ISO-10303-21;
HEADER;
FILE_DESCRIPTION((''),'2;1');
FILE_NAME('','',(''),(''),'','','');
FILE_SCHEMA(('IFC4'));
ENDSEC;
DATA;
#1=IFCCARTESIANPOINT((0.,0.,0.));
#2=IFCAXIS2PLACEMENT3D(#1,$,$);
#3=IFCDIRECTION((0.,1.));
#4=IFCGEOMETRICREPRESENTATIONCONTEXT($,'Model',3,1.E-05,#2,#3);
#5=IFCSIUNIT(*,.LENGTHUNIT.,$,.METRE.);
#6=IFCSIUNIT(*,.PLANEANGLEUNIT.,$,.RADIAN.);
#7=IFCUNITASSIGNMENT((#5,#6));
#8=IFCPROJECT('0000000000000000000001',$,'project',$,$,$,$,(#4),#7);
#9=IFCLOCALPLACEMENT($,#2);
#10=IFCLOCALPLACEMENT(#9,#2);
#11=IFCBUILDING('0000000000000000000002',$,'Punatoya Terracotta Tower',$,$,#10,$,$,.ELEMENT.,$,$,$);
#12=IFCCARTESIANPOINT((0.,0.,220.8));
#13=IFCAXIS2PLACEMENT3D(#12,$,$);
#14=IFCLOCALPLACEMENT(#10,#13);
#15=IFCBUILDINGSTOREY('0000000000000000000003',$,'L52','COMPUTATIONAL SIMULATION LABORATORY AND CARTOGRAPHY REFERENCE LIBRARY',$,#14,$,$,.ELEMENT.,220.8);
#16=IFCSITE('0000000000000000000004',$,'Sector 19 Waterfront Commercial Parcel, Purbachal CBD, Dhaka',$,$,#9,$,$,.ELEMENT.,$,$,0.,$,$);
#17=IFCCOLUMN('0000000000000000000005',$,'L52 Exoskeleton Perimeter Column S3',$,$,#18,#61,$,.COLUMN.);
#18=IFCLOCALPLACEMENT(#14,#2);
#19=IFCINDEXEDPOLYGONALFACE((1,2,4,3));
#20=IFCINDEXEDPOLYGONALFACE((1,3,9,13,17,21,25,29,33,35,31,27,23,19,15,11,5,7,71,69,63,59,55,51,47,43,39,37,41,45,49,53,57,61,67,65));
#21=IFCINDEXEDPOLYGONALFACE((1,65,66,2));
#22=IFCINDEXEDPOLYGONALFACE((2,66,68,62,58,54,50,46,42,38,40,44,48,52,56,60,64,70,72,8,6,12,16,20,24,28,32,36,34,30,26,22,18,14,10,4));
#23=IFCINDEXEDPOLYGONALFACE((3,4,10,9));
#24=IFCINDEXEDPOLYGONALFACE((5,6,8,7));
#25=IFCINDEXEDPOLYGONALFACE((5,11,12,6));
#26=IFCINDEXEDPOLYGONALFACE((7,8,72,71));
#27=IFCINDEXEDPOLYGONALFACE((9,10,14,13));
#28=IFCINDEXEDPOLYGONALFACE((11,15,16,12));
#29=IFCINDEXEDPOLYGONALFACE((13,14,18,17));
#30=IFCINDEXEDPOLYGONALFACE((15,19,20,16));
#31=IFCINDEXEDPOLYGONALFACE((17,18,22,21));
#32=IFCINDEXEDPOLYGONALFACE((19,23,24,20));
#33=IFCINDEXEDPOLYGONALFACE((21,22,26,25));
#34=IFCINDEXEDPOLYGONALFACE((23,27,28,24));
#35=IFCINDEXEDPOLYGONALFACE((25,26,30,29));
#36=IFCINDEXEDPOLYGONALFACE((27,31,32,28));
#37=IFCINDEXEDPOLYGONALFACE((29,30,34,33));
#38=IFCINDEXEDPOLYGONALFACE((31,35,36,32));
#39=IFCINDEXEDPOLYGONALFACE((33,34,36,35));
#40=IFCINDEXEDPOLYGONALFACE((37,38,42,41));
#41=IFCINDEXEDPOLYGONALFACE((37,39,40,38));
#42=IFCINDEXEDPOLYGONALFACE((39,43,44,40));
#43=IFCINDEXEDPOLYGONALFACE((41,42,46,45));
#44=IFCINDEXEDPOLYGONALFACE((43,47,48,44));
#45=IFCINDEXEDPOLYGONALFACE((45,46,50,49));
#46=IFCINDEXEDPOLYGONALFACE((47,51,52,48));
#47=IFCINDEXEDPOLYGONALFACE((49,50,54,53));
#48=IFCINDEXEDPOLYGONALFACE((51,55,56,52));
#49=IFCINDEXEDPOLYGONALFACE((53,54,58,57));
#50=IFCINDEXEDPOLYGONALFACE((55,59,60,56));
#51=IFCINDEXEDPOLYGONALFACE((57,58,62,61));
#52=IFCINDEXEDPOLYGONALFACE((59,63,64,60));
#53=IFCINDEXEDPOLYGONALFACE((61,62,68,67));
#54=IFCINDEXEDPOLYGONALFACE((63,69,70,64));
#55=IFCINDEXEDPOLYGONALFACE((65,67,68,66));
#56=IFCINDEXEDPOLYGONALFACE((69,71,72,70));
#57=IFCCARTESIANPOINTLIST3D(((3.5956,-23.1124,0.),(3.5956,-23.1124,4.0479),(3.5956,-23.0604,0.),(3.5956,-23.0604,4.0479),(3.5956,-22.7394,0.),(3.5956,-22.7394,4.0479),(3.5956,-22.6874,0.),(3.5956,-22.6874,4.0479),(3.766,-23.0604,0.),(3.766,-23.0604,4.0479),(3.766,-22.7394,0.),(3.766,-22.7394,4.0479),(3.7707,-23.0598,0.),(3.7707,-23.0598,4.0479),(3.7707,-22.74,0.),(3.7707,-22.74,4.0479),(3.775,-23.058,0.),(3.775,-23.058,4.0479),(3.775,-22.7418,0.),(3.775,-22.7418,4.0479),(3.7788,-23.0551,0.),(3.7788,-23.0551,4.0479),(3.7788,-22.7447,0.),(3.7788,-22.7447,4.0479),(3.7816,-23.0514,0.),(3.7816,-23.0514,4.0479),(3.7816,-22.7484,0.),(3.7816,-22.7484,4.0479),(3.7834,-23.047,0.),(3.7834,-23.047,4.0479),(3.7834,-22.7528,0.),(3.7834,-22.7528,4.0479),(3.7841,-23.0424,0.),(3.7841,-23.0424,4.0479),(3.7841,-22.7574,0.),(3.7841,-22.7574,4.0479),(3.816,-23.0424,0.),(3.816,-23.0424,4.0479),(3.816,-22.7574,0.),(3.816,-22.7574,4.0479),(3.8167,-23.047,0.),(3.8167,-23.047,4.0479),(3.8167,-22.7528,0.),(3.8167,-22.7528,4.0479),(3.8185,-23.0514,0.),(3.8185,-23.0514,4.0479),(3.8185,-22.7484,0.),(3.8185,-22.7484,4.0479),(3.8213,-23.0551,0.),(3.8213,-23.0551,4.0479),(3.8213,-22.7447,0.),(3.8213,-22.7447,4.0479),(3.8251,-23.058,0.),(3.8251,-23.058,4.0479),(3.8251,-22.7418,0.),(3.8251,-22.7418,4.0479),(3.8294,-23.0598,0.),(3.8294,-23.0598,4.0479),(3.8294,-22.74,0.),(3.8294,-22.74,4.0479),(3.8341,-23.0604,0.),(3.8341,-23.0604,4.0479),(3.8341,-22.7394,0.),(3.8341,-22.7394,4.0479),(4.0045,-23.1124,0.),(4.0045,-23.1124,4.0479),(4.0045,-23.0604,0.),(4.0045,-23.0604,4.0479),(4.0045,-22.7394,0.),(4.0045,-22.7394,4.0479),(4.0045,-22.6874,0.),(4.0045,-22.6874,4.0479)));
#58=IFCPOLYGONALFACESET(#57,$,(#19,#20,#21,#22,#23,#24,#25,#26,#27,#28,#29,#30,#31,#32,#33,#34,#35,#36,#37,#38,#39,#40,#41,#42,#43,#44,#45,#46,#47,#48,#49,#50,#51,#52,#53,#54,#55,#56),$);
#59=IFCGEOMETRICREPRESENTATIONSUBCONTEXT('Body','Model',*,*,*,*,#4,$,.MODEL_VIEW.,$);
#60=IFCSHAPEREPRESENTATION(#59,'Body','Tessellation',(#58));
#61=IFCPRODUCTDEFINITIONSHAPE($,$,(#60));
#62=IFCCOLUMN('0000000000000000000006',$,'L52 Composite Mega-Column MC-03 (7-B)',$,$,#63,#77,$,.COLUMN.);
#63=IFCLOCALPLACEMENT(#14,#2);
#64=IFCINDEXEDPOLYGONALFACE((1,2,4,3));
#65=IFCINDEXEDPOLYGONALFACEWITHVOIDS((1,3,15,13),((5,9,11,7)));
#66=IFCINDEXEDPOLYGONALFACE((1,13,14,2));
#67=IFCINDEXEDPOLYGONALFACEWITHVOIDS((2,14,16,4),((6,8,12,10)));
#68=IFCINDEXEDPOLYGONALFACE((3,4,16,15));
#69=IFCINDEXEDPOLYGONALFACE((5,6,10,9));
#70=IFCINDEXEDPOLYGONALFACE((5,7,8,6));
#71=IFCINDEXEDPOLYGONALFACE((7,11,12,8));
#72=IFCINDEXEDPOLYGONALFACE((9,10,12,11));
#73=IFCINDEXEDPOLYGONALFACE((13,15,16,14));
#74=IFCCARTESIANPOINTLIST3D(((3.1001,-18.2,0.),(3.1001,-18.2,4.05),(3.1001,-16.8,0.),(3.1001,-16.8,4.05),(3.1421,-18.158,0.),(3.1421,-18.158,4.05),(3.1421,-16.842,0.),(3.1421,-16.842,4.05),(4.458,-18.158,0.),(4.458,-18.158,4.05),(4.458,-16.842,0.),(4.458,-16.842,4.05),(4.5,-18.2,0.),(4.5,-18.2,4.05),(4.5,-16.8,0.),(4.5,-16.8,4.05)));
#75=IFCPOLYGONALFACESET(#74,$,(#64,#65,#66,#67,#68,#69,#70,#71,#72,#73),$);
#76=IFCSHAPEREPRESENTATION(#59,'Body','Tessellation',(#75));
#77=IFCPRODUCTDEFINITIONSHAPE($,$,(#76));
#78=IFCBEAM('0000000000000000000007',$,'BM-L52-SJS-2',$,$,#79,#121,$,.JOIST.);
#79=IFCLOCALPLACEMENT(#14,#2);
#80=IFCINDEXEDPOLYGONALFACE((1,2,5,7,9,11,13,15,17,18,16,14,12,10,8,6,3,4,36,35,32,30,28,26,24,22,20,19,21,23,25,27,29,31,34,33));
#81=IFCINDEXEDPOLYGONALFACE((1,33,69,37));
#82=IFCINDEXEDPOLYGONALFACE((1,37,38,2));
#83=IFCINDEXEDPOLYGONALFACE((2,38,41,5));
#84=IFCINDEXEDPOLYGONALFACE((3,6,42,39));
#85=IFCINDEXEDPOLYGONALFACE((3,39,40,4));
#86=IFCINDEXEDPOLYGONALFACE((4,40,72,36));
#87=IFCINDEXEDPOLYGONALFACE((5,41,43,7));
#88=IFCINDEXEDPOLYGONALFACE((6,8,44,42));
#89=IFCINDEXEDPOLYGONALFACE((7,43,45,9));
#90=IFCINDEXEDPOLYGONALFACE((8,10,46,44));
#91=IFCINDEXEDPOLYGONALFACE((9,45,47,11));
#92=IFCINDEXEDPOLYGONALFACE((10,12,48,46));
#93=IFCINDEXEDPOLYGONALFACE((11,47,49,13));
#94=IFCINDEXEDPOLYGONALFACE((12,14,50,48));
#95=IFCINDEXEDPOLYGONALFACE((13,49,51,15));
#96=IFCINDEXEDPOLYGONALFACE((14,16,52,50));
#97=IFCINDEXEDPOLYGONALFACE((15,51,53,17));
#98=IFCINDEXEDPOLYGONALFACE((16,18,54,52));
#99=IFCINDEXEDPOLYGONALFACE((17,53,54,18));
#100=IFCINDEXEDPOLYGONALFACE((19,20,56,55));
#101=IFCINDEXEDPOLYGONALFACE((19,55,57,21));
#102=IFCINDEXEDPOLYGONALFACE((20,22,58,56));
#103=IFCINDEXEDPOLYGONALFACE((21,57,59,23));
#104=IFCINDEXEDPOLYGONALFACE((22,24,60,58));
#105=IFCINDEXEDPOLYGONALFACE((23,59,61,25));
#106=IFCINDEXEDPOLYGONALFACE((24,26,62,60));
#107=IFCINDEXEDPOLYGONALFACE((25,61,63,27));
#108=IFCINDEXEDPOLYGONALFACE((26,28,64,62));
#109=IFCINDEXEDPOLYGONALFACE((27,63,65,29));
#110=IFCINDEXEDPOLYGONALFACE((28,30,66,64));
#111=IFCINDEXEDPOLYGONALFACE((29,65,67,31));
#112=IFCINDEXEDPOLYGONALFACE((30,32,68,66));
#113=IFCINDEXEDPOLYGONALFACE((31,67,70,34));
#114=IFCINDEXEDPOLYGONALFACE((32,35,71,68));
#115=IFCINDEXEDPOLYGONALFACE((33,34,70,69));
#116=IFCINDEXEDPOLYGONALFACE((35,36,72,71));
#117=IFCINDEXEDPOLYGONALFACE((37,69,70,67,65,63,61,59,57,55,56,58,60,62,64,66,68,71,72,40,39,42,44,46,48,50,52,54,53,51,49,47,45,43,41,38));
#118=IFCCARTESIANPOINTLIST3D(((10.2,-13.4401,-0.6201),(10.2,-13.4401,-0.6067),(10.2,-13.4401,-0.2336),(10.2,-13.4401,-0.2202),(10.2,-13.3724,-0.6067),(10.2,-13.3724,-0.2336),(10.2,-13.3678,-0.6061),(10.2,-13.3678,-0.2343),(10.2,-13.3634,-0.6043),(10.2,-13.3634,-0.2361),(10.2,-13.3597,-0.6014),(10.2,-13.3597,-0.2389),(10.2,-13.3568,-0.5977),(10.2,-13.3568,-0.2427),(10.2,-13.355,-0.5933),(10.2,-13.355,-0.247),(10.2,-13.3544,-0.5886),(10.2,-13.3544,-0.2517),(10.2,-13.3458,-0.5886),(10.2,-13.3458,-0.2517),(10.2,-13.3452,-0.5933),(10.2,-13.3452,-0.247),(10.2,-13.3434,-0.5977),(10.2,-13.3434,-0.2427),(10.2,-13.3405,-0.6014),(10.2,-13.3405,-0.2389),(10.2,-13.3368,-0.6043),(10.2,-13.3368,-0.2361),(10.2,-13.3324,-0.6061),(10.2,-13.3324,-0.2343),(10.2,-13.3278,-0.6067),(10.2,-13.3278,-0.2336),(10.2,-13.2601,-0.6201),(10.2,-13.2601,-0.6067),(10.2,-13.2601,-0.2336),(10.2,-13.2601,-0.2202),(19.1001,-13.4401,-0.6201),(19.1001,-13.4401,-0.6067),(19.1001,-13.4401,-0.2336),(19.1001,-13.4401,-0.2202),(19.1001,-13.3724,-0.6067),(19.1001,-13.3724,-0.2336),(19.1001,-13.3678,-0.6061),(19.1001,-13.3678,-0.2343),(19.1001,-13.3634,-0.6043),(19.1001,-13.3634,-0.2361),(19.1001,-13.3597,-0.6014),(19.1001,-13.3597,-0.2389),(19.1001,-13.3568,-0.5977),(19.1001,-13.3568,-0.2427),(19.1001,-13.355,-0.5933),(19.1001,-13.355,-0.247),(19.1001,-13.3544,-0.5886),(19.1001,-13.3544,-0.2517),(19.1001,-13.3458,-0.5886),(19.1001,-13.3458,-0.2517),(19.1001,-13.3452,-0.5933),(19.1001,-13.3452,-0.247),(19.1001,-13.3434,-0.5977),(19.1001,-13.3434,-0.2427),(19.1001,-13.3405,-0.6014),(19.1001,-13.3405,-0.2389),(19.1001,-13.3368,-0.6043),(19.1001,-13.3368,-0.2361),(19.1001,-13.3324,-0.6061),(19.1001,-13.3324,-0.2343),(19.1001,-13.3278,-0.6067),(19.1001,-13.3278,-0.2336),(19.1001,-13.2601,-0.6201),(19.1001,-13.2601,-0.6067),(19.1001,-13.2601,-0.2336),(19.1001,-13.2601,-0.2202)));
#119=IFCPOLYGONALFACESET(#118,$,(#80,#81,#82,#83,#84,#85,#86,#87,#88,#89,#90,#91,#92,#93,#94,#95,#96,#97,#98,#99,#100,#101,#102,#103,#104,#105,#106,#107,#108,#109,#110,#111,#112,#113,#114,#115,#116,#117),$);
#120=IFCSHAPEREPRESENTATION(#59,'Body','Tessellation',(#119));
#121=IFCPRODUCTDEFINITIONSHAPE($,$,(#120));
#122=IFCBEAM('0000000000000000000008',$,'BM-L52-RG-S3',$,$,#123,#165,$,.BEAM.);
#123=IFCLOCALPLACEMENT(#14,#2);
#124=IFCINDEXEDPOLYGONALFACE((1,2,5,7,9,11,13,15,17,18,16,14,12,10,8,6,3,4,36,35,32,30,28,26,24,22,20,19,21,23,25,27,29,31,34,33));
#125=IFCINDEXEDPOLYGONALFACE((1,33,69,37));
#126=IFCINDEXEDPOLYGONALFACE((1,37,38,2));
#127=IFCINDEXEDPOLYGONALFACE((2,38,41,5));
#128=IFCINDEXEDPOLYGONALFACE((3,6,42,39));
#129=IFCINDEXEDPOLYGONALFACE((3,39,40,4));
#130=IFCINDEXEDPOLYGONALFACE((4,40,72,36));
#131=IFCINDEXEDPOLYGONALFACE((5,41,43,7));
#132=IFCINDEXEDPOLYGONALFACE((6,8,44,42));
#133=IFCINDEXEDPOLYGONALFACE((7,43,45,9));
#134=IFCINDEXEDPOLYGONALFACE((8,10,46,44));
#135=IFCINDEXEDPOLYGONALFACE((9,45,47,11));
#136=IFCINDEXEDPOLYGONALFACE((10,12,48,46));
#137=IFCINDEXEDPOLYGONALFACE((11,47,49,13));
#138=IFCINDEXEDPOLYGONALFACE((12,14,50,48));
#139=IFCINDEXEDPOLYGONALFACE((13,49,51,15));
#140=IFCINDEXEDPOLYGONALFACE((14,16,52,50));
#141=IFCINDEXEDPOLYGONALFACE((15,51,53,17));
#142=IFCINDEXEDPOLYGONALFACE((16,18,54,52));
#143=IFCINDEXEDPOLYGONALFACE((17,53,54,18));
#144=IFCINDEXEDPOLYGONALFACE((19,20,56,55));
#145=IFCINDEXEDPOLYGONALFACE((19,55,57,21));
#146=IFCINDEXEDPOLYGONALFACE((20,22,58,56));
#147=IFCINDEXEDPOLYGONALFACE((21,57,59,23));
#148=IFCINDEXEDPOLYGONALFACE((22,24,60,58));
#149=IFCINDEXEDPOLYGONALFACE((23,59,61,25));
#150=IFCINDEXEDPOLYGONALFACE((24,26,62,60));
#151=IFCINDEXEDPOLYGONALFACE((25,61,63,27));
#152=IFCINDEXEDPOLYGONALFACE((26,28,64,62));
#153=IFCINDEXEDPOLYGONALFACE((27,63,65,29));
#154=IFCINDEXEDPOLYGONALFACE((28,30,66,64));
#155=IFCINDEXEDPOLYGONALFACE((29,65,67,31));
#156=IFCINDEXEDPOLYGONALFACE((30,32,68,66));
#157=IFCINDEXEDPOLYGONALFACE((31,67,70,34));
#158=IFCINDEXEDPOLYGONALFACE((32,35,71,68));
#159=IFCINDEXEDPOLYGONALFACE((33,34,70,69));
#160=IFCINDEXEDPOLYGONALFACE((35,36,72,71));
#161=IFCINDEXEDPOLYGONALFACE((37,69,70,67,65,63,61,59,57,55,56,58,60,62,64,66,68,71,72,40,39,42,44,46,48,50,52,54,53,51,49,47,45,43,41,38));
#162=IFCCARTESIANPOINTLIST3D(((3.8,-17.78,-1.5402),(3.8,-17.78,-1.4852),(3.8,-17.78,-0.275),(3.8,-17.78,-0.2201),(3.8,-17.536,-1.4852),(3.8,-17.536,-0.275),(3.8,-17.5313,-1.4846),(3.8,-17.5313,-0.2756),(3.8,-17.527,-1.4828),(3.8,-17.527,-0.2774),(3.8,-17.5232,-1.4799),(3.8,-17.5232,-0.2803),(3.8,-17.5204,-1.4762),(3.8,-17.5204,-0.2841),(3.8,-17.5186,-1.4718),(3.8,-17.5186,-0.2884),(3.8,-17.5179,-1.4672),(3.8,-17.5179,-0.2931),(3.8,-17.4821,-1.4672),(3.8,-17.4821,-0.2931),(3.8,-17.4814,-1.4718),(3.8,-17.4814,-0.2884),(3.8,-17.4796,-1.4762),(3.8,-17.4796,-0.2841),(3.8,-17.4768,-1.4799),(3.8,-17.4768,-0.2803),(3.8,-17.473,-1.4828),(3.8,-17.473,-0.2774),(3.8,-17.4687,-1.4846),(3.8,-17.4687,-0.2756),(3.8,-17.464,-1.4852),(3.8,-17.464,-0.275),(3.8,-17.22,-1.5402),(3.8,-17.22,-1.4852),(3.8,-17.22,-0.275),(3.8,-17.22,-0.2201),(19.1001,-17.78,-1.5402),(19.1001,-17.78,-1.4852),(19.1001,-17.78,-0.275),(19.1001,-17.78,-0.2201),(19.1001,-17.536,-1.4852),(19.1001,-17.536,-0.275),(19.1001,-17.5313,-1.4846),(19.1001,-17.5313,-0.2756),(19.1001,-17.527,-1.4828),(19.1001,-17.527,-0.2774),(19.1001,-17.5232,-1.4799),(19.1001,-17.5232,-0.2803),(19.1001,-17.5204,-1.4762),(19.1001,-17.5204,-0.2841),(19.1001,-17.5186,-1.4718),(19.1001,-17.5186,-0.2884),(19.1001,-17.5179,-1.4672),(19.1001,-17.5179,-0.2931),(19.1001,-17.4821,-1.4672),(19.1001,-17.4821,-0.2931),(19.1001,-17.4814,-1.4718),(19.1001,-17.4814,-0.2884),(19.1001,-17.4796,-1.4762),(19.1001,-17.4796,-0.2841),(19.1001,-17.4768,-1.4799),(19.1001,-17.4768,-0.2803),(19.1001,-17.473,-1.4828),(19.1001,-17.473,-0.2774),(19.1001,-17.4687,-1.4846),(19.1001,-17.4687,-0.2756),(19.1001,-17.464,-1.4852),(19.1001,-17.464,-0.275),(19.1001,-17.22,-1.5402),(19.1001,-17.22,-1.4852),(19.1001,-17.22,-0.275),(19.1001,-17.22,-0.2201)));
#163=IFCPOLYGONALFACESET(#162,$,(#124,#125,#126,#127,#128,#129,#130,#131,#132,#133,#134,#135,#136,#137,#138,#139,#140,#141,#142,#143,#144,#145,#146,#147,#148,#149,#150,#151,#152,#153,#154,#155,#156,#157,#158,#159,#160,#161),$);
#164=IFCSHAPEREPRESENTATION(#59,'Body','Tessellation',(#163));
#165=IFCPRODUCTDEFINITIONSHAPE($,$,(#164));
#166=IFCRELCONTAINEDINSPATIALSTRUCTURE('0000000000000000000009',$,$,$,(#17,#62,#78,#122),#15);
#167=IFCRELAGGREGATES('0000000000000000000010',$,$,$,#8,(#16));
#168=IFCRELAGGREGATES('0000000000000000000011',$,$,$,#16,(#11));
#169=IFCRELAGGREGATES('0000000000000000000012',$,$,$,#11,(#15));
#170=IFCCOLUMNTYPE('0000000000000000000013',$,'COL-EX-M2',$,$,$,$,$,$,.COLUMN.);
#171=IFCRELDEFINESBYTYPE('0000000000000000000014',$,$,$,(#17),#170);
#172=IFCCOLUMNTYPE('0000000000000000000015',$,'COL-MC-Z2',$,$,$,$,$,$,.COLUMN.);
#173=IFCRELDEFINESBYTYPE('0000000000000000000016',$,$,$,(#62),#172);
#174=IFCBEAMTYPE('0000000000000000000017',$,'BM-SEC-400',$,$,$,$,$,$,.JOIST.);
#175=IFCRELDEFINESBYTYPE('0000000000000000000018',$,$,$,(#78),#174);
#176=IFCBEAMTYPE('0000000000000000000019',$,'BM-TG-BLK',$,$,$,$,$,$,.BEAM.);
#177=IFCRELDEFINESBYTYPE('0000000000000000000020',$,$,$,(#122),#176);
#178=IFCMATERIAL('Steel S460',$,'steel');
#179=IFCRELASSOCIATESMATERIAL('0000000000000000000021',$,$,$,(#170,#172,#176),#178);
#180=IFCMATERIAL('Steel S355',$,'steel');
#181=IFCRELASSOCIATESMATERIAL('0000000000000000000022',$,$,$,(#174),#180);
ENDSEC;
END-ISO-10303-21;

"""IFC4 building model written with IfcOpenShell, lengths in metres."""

from ifc_helpers import new_model, si_unit, direction, frame, origin, origin_2d, place, context, subcontext, project, spatial, hollow_rectangle, i_section, extrude, material, material_profile, profile_set, type_object, element, save


model = new_model("IFC4")

# Units and contexts
model_context = context("Model", 3, precision=1e-05, world=origin(), true_north=direction((0.0, 1.0)))
body_context = subcontext(model_context, "Body", "Model", "MODEL_VIEW")
ifc_project = project(units=[si_unit("LENGTHUNIT", "METRE"), si_unit("PLANEANGLEUNIT", "RADIAN")], contexts=[model_context])

# Site, building, storey
site_placement = place(None, origin())
site = spatial("IfcSite", under=ifc_project, at=site_placement, Name="Sector 19 Waterfront Commercial Parcel, Purbachal CBD, Dhaka", CompositionType="ELEMENT", RefElevation=0.0)
building_placement = place(site_placement, origin())
building = spatial("IfcBuilding", under=site, at=building_placement, Name="Punatoya Terracotta Tower", CompositionType="ELEMENT")
storey_placement = place(building_placement, frame((0.0, 0.0, 220.8)))
storey = spatial("IfcBuildingStorey", under=building, at=storey_placement, Name="L52", Description="COMPUTATIONAL SIMULATION LABORATORY AND CARTOGRAPHY REFERENCE LIBRARY", CompositionType="ELEMENT", Elevation=220.8)

# Columns
ifc_material_1 = material(Name="Steel S460", Category="steel")
ifc_material_profile_1 = material_profile(ifc_material_1, i_section(OverallWidth=0.4089, OverallDepth=0.425, WebThickness=0.032, FlangeThickness=0.052, FilletRadius=0.0181, at=origin_2d()))
ifc_profile_set_1 = profile_set([ifc_material_profile_1], Name="Steel S460")
column_type_1 = type_object("IfcColumnType", Name="COL-EX-M2", PredefinedType="COLUMN", material=ifc_profile_set_1)
column_1_placement = place(storey_placement, frame((3.8, -22.8999, 0.0), z_axis=(0.0, 0.0, 1.0), x_axis=(1.0, 0.0, 0.0)))
element("IfcColumn", 1, at=column_1_placement, inside=storey, type_object=column_type_1, Name="L52 Exoskeleton Perimeter Column S3", PredefinedType="COLUMN", context=body_context, shape_type="SweptSolid", body=[
    extrude(i_section(OverallWidth=0.4089, OverallDepth=0.425, WebThickness=0.032, FlangeThickness=0.052, FilletRadius=0.0181, at=origin_2d()), origin(), (0.0, 0.0, 1.0), 4.0479),
])
ifc_material_profile_2 = material_profile(ifc_material_1, hollow_rectangle(XDim=1.3999, YDim=1.3999, WallThickness=0.042, at=origin_2d()))
ifc_profile_set_2 = profile_set([ifc_material_profile_2], Name="Steel S460")
column_type_2 = type_object("IfcColumnType", Name="COL-MC-Z2", PredefinedType="COLUMN", material=ifc_profile_set_2)
column_2_placement = place(storey_placement, frame((3.8, -17.5, 0.0), z_axis=(0.0, 0.0, 1.0), x_axis=(1.0, 0.0, 0.0)))
element("IfcColumn", 2, at=column_2_placement, inside=storey, type_object=column_type_2, Name="L52 Composite Mega-Column MC-03 (7-B)", PredefinedType="COLUMN", context=body_context, shape_type="SweptSolid", body=[
    extrude(hollow_rectangle(XDim=1.3999, YDim=1.3999, WallThickness=0.042, at=origin_2d()), origin(), (0.0, 0.0, 1.0), 4.05),
])

# Beams
ifc_material_2 = material(Name="Steel S355", Category="steel")
ifc_material_profile_3 = material_profile(ifc_material_2, i_section(OverallWidth=0.1799, OverallDepth=0.3999, WebThickness=0.0085, FlangeThickness=0.0134, FilletRadius=0.0181, at=origin_2d()))
ifc_profile_set_3 = profile_set([ifc_material_profile_3], Name="Steel S355")
beam_type_1 = type_object("IfcBeamType", Name="BM-SEC-400", PredefinedType="JOIST", material=ifc_profile_set_3)
beam_1_placement = place(storey_placement, frame((10.2, -13.3501, -0.4202), z_axis=(1.0, 0.0, 0.0), x_axis=(0.0, 1.0, 0.0)))
element("IfcBeam", 3, at=beam_1_placement, inside=storey, type_object=beam_type_1, Name="BM-L52-SJS-2", PredefinedType="JOIST", context=body_context, shape_type="SweptSolid", body=[
    extrude(i_section(OverallWidth=0.1799, OverallDepth=0.3999, WebThickness=0.0085, FlangeThickness=0.0134, FilletRadius=0.0181, at=origin_2d()), origin(), (0.0, 0.0, 1.0), 8.9001),
])
ifc_material_profile_4 = material_profile(ifc_material_1, i_section(OverallWidth=0.5601, OverallDepth=1.3201, WebThickness=0.0359, FlangeThickness=0.0549, FilletRadius=0.0181, at=origin_2d()))
ifc_profile_set_4 = profile_set([ifc_material_profile_4], Name="Steel S460")
beam_type_2 = type_object("IfcBeamType", Name="BM-TG-BLK", PredefinedType="BEAM", material=ifc_profile_set_4)
beam_2_placement = place(storey_placement, frame((3.8, -17.5, -0.8801), z_axis=(1.0, 0.0, 0.0), x_axis=(0.0, 1.0, 0.0)))
element("IfcBeam", 4, at=beam_2_placement, inside=storey, type_object=beam_type_2, Name="BM-L52-RG-S3", PredefinedType="BEAM", context=body_context, shape_type="SweptSolid", body=[
    extrude(i_section(OverallWidth=0.5601, OverallDepth=1.3201, WebThickness=0.0359, FlangeThickness=0.0549, FilletRadius=0.0181, at=origin_2d()), origin(), (0.0, 0.0, 1.0), 15.3),
])

save(model, "model.ifc")
